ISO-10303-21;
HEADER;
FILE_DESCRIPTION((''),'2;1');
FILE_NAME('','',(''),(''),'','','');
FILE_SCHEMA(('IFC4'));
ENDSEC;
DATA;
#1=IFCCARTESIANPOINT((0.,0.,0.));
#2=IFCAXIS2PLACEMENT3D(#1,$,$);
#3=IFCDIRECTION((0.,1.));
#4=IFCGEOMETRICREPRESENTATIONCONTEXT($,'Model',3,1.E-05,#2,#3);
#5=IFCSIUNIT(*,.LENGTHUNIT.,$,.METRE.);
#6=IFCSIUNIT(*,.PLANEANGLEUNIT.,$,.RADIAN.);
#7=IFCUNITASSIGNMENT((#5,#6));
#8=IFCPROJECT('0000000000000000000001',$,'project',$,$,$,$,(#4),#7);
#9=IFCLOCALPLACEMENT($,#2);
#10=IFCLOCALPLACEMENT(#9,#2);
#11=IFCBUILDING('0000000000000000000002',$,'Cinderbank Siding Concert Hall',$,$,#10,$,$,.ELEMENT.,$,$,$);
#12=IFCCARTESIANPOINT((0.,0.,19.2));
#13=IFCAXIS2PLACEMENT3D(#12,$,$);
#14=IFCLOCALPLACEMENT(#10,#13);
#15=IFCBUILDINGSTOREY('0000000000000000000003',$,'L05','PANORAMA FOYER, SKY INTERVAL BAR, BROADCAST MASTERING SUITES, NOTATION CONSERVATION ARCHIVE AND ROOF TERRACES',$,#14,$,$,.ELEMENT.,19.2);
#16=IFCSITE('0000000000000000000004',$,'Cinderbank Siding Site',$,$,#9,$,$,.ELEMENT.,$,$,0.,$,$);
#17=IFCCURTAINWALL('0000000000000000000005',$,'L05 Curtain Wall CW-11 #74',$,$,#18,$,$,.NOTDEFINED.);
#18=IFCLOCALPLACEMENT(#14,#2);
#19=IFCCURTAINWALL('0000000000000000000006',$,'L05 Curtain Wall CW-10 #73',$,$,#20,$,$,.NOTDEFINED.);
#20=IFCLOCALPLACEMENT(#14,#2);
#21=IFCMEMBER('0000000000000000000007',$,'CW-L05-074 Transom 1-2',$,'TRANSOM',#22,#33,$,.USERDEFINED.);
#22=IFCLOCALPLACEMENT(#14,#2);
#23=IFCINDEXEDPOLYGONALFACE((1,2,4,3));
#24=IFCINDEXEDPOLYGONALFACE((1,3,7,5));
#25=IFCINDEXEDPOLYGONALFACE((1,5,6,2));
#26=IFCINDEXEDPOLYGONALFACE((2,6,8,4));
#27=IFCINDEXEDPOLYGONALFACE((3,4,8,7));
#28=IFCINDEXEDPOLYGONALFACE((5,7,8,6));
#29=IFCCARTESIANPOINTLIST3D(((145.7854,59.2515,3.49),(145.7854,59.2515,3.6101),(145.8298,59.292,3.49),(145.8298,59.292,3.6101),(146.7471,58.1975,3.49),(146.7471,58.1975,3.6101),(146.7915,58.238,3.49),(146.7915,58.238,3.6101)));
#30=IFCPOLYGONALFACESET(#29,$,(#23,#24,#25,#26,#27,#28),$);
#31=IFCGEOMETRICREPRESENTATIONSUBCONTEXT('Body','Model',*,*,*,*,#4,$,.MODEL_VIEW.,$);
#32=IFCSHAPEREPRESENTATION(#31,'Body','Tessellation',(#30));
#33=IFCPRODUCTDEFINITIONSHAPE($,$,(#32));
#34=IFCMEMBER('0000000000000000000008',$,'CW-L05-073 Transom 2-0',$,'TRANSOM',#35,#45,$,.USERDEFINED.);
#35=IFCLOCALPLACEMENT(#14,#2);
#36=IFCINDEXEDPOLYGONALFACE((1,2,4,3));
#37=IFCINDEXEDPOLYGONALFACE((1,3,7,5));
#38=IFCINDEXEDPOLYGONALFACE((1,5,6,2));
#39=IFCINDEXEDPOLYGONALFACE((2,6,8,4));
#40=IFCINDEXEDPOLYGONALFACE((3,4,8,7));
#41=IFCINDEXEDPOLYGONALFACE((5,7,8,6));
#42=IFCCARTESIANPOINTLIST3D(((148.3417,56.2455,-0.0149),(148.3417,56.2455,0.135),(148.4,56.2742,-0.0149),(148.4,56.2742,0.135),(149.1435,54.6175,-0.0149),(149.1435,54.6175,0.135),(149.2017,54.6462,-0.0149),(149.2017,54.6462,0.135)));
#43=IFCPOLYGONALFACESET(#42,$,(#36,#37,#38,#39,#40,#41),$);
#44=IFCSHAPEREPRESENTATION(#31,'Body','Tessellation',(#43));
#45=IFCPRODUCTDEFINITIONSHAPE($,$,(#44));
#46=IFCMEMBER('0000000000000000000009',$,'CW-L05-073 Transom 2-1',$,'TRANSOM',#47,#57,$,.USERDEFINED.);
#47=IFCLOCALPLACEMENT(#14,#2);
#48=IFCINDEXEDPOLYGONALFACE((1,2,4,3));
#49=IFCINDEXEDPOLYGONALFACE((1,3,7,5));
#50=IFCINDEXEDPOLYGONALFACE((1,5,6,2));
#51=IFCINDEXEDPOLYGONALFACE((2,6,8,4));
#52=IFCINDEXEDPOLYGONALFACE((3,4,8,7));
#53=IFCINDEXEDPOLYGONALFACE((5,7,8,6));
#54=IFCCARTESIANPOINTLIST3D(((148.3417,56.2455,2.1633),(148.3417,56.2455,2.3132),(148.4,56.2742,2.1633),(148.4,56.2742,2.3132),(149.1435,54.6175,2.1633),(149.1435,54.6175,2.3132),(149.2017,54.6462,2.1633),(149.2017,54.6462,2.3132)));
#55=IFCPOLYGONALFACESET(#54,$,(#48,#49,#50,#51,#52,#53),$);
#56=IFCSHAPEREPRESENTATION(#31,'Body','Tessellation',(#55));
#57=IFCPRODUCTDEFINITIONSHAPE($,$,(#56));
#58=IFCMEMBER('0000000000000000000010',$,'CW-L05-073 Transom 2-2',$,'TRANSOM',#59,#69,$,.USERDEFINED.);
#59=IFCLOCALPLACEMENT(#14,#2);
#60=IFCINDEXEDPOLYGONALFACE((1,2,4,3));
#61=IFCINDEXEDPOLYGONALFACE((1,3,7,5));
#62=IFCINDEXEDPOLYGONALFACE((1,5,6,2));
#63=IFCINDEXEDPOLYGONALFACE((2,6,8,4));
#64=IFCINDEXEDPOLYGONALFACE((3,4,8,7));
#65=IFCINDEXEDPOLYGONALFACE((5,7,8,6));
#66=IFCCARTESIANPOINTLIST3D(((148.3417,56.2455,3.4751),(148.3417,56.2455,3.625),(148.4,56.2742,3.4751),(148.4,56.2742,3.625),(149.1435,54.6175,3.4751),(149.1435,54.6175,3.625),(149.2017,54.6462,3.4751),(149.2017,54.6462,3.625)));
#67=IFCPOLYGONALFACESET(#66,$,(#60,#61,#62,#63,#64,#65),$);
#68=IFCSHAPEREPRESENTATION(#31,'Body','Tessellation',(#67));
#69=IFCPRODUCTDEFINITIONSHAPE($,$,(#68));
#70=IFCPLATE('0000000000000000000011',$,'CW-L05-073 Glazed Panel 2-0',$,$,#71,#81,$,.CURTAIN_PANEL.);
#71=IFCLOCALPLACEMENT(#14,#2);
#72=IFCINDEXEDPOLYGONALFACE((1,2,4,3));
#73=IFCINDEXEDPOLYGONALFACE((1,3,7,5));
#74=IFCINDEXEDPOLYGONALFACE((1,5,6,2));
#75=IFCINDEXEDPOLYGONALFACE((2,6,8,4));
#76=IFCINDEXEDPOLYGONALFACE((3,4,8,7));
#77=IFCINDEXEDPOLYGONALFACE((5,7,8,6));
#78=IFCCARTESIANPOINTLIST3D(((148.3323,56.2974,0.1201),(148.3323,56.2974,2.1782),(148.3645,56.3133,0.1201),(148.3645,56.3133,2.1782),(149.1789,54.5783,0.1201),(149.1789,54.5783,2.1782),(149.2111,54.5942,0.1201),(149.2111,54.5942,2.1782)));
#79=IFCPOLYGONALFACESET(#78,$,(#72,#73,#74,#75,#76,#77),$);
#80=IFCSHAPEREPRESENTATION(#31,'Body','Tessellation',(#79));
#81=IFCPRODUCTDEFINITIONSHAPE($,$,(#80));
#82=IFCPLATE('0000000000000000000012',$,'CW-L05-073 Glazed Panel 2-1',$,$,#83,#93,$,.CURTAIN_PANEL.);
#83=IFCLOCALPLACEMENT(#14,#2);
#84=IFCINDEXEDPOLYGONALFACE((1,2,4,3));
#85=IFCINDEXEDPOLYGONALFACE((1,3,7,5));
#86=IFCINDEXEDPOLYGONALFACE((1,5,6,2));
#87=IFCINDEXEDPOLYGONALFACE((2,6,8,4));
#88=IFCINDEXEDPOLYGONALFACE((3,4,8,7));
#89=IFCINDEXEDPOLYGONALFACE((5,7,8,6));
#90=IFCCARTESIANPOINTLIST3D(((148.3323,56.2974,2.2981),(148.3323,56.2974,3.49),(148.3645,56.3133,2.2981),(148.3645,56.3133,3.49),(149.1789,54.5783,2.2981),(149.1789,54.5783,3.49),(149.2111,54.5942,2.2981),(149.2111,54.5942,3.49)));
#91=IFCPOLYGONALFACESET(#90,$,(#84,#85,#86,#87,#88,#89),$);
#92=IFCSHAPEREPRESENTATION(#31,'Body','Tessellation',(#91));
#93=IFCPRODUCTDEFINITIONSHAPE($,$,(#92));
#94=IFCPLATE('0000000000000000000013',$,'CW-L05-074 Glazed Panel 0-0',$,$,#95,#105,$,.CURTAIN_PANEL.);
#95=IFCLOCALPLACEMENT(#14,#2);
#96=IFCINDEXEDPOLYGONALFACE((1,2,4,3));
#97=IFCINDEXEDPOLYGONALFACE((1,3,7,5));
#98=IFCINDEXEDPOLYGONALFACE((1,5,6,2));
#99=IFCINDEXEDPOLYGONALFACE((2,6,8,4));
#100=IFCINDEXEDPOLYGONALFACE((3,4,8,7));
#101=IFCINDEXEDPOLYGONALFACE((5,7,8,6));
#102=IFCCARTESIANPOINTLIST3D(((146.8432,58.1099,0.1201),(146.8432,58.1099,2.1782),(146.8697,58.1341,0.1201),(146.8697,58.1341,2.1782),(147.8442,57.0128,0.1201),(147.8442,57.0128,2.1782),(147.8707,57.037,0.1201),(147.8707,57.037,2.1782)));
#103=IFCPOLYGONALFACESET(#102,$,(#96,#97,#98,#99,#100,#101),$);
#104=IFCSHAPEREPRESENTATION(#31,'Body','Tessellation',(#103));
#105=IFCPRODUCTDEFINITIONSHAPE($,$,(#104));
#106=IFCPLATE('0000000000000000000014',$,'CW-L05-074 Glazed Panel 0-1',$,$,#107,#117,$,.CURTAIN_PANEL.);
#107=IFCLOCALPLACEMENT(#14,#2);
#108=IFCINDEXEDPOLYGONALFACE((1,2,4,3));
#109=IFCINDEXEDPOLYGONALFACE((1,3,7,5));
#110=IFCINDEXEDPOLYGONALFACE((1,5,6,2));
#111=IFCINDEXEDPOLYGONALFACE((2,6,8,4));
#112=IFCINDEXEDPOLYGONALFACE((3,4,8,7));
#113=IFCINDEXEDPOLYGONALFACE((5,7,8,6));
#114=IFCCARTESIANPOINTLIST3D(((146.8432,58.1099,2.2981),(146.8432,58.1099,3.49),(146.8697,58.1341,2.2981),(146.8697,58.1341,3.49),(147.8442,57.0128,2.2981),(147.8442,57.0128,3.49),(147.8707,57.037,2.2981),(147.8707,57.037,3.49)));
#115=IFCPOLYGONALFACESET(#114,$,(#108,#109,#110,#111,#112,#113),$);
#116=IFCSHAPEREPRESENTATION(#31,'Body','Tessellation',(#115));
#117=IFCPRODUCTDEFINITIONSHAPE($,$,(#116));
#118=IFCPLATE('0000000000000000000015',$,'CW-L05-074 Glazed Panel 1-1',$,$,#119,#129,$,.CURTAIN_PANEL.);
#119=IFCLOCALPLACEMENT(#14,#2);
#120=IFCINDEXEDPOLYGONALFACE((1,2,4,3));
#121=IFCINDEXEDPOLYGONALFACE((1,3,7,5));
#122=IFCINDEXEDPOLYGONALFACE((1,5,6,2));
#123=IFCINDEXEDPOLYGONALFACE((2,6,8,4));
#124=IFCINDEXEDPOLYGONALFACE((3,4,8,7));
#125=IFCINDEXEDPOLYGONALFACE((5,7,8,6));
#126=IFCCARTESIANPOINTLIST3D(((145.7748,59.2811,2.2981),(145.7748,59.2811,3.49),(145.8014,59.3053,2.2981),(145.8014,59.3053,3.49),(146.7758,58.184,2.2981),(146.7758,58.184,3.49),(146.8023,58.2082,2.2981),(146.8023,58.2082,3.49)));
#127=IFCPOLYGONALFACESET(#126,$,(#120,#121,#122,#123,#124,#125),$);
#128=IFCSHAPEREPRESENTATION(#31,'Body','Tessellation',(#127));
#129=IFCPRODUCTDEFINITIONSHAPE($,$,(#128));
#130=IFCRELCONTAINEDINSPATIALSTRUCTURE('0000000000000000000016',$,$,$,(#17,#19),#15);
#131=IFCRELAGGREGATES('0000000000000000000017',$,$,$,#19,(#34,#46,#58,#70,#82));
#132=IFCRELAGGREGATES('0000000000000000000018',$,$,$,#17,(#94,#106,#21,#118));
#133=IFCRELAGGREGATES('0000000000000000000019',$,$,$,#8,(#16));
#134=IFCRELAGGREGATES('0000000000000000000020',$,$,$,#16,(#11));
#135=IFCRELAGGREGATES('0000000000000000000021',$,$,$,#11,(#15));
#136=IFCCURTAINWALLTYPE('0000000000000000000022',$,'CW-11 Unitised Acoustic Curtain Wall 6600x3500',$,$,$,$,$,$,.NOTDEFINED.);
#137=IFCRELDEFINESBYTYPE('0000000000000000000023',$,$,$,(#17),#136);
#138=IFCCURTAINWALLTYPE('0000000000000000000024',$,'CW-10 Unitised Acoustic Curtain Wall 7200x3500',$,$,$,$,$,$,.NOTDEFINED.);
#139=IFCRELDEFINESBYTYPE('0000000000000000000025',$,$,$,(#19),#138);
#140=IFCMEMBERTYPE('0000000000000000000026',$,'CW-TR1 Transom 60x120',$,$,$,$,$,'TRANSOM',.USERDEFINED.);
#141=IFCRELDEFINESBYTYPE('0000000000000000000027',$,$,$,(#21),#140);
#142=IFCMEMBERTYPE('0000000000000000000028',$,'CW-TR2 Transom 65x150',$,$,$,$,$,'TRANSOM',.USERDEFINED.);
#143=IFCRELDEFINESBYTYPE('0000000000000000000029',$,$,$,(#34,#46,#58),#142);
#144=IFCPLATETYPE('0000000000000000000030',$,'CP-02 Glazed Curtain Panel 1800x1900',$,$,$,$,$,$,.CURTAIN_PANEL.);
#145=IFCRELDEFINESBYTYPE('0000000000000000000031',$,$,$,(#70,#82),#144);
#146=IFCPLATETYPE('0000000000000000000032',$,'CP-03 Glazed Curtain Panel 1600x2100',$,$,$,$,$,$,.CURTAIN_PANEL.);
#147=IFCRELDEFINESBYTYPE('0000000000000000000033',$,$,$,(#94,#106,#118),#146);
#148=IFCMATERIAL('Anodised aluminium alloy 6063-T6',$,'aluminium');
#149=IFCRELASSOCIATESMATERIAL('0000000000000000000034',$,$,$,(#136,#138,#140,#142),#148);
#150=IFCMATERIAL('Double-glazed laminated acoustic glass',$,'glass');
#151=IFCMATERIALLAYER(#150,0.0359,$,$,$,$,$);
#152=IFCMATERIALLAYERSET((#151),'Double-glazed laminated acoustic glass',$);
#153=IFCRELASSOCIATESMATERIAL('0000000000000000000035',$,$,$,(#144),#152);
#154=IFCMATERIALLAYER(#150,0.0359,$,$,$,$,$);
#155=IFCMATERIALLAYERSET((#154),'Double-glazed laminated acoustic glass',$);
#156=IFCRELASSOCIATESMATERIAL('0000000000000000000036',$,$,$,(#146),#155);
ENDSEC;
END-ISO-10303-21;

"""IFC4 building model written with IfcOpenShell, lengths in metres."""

from ifc_helpers import new_model, si_unit, direction, frame, origin, origin_2d, place, context, subcontext, project, spatial, rectangle, extrude, material, layer, layer_set, material_profile, profile_set, type_object, element, aggregate, save


model = new_model("IFC4")

# Units and contexts
model_context = context("Model", 3, precision=1e-05, world=origin(), true_north=direction((0.0, 1.0)))
body_context = subcontext(model_context, "Body", "Model", "MODEL_VIEW")
ifc_project = project(units=[si_unit("LENGTHUNIT", "METRE"), si_unit("PLANEANGLEUNIT", "RADIAN")], contexts=[model_context])

# Site, building, storey
site_placement = place(None, origin())
site = spatial("IfcSite", under=ifc_project, at=site_placement, Name="Cinderbank Siding Site", CompositionType="ELEMENT", RefElevation=0.0)
building_placement = place(site_placement, origin())
building = spatial("IfcBuilding", under=site, at=building_placement, Name="Cinderbank Siding Concert Hall", CompositionType="ELEMENT")
storey_placement = place(building_placement, frame((0.0, 0.0, 19.2)))
storey = spatial("IfcBuildingStorey", under=building, at=storey_placement, Name="L05", Description="PANORAMA FOYER, SKY INTERVAL BAR, BROADCAST MASTERING SUITES, NOTATION CONSERVATION ARCHIVE AND ROOF TERRACES", CompositionType="ELEMENT", Elevation=19.2)

# Curtain walls
ifc_material_1 = material(Name="Anodised aluminium alloy 6063-T6", Category="aluminium")
curtain_wall_type_1 = type_object("IfcCurtainWallType", Name="CW-11 Unitised Acoustic Curtain Wall 6600x3500", PredefinedType="NOTDEFINED", material=ifc_material_1)
curtain_wall_1_placement = place(storey_placement, origin())
curtain_wall_1 = element("IfcCurtainWall", 1, at=curtain_wall_1_placement, inside=storey, type_object=curtain_wall_type_1, Name="L05 Curtain Wall CW-11 #74", PredefinedType="NOTDEFINED")
curtain_wall_type_2 = type_object("IfcCurtainWallType", Name="CW-10 Unitised Acoustic Curtain Wall 7200x3500", PredefinedType="NOTDEFINED", material=ifc_material_1)
curtain_wall_2_placement = place(storey_placement, origin())
curtain_wall_2 = element("IfcCurtainWall", 2, at=curtain_wall_2_placement, inside=storey, type_object=curtain_wall_type_2, Name="L05 Curtain Wall CW-10 #73", PredefinedType="NOTDEFINED")

# Members
ifc_material_profile_1 = material_profile(ifc_material_1, rectangle(XDim=0.0601, YDim=0.1201, at=origin_2d()), Name="ALU-TRAN-60x120", Category="LoadBearing")
ifc_profile_set_1 = profile_set([ifc_material_profile_1], Name="Anodised aluminium alloy 6063-T6")
member_type_1 = type_object("IfcMemberType", Name="CW-TR1 Transom 60x120", ElementType="TRANSOM", PredefinedType="USERDEFINED", material=ifc_profile_set_1)
member_1_placement = place(storey_placement, frame((146.7693, 58.2178, 3.55), z_axis=(-0.674026, 0.738708, 0.0), x_axis=(-0.738708, -0.674026, 0.0)))
member_1 = element("IfcMember", 3, at=member_1_placement, type_object=member_type_1, Name="CW-L05-074 Transom 1-2", ObjectType="TRANSOM", PredefinedType="USERDEFINED", context=body_context, shape_type="SweptSolid", body=[
    extrude(rectangle(XDim=0.0601, YDim=0.1201, at=origin_2d()), origin(), (0.0, 0.0, 1.0), 1.4268),
])
ifc_material_profile_2 = material_profile(ifc_material_1, rectangle(XDim=0.0649, YDim=0.1499, at=origin_2d()), Name="ALU-TRAN-65x150", Category="LoadBearing")
ifc_profile_set_2 = profile_set([ifc_material_profile_2], Name="Anodised aluminium alloy 6063-T6")
member_type_2 = type_object("IfcMemberType", Name="CW-TR2 Transom 65x150", ElementType="TRANSOM", PredefinedType="USERDEFINED", material=ifc_profile_set_2)
member_2_placement = place(storey_placement, frame((149.1726, 54.6318, 0.0601), z_axis=(-0.441824, 0.897102, 0.0), x_axis=(-0.897102, -0.441824, 0.0)))
member_2 = element("IfcMember", 4, at=member_2_placement, type_object=member_type_2, Name="CW-L05-073 Transom 2-0", ObjectType="TRANSOM", PredefinedType="USERDEFINED", context=body_context, shape_type="SweptSolid", body=[
    extrude(rectangle(XDim=0.0649, YDim=0.1499, at=origin_2d()), origin(), (0.0, 0.0, 1.0), 1.8147),
])
member_3_placement = place(storey_placement, frame((149.1726, 54.6318, 2.2383), z_axis=(-0.441824, 0.897102, 0.0), x_axis=(-0.897102, -0.441824, 0.0)))
member_3 = element("IfcMember", 5, at=member_3_placement, type_object=member_type_2, Name="CW-L05-073 Transom 2-1", ObjectType="TRANSOM", PredefinedType="USERDEFINED", context=body_context, shape_type="SweptSolid", body=[
    extrude(rectangle(XDim=0.0649, YDim=0.1499, at=origin_2d()), origin(), (0.0, 0.0, 1.0), 1.8147),
])
member_4_placement = place(storey_placement, frame((149.1726, 54.6318, 3.55), z_axis=(-0.441824, 0.897102, 0.0), x_axis=(-0.897102, -0.441824, 0.0)))
member_4 = element("IfcMember", 6, at=member_4_placement, type_object=member_type_2, Name="CW-L05-073 Transom 2-2", ObjectType="TRANSOM", PredefinedType="USERDEFINED", context=body_context, shape_type="SweptSolid", body=[
    extrude(rectangle(XDim=0.0649, YDim=0.1499, at=origin_2d()), origin(), (0.0, 0.0, 1.0), 1.8147),
])

# Plates
ifc_material_2 = material(Name="Double-glazed laminated acoustic glass", Category="glass")
ifc_layer_1 = layer(ifc_material_2, 0.0359)
ifc_layer_set_1 = layer_set([ifc_layer_1], Name="Double-glazed laminated acoustic glass")
plate_type_1 = type_object("IfcPlateType", Name="CP-02 Glazed Curtain Panel 1800x1900", PredefinedType="CURTAIN_PANEL", material=ifc_layer_set_1)
plate_1_placement = place(storey_placement, frame((148.7717, 55.4458, 0.1201), z_axis=(0.0, 0.0, 1.0), x_axis=(-0.441816, 0.897105, 0.0)))
plate_1 = element("IfcPlate", 7, at=plate_1_placement, type_object=plate_type_1, Name="CW-L05-073 Glazed Panel 2-0", PredefinedType="CURTAIN_PANEL", context=body_context, shape_type="SweptSolid", body=[
    extrude(rectangle(XDim=1.9163, YDim=0.0359, at=origin_2d()), origin(), (0.0, 0.0, 1.0), 2.0581),
])
plate_2_placement = place(storey_placement, frame((148.7717, 55.4458, 2.2981), z_axis=(0.0, 0.0, 1.0), x_axis=(-0.441816, 0.897105, 0.0)))
plate_2 = element("IfcPlate", 8, at=plate_2_placement, type_object=plate_type_1, Name="CW-L05-073 Glazed Panel 2-1", PredefinedType="CURTAIN_PANEL", context=body_context, shape_type="SweptSolid", body=[
    extrude(rectangle(XDim=1.9163, YDim=0.0359, at=origin_2d()), origin(), (0.0, 0.0, 1.0), 1.1919),
])
aggregate(curtain_wall_2, [member_2, member_3, member_4, plate_1, plate_2])
ifc_layer_2 = layer(ifc_material_2, 0.0359)
ifc_layer_set_2 = layer_set([ifc_layer_2], Name="Double-glazed laminated acoustic glass")
plate_type_2 = type_object("IfcPlateType", Name="CP-03 Glazed Curtain Panel 1600x2100", PredefinedType="CURTAIN_PANEL", material=ifc_layer_set_2)
plate_3_placement = place(storey_placement, frame((147.3569, 57.5735, 0.1201), z_axis=(0.0, 0.0, 1.0), x_axis=(-0.673989, 0.738742, 0.0)))
plate_3 = element("IfcPlate", 9, at=plate_3_placement, type_object=plate_type_2, Name="CW-L05-074 Glazed Panel 0-0", PredefinedType="CURTAIN_PANEL", context=body_context, shape_type="SweptSolid", body=[
    extrude(rectangle(XDim=1.4851, YDim=0.0359, at=origin_2d()), origin(), (0.0, 0.0, 1.0), 2.0581),
])
plate_4_placement = place(storey_placement, frame((147.3569, 57.5735, 2.2981), z_axis=(0.0, 0.0, 1.0), x_axis=(-0.673989, 0.738742, 0.0)))
plate_4 = element("IfcPlate", 10, at=plate_4_placement, type_object=plate_type_2, Name="CW-L05-074 Glazed Panel 0-1", PredefinedType="CURTAIN_PANEL", context=body_context, shape_type="SweptSolid", body=[
    extrude(rectangle(XDim=1.4851, YDim=0.0359, at=origin_2d()), origin(), (0.0, 0.0, 1.0), 1.1919),
])
plate_5_placement = place(storey_placement, frame((146.2886, 58.7446, 2.2981), z_axis=(0.0, 0.0, 1.0), x_axis=(-0.673989, 0.738742, 0.0)))
plate_5 = element("IfcPlate", 11, at=plate_5_placement, type_object=plate_type_2, Name="CW-L05-074 Glazed Panel 1-1", PredefinedType="CURTAIN_PANEL", context=body_context, shape_type="SweptSolid", body=[
    extrude(rectangle(XDim=1.4851, YDim=0.0359, at=origin_2d()), origin(), (0.0, 0.0, 1.0), 1.1919),
])
aggregate(curtain_wall_1, [plate_3, plate_4, member_1, plate_5])

save(model, "model.ifc")
